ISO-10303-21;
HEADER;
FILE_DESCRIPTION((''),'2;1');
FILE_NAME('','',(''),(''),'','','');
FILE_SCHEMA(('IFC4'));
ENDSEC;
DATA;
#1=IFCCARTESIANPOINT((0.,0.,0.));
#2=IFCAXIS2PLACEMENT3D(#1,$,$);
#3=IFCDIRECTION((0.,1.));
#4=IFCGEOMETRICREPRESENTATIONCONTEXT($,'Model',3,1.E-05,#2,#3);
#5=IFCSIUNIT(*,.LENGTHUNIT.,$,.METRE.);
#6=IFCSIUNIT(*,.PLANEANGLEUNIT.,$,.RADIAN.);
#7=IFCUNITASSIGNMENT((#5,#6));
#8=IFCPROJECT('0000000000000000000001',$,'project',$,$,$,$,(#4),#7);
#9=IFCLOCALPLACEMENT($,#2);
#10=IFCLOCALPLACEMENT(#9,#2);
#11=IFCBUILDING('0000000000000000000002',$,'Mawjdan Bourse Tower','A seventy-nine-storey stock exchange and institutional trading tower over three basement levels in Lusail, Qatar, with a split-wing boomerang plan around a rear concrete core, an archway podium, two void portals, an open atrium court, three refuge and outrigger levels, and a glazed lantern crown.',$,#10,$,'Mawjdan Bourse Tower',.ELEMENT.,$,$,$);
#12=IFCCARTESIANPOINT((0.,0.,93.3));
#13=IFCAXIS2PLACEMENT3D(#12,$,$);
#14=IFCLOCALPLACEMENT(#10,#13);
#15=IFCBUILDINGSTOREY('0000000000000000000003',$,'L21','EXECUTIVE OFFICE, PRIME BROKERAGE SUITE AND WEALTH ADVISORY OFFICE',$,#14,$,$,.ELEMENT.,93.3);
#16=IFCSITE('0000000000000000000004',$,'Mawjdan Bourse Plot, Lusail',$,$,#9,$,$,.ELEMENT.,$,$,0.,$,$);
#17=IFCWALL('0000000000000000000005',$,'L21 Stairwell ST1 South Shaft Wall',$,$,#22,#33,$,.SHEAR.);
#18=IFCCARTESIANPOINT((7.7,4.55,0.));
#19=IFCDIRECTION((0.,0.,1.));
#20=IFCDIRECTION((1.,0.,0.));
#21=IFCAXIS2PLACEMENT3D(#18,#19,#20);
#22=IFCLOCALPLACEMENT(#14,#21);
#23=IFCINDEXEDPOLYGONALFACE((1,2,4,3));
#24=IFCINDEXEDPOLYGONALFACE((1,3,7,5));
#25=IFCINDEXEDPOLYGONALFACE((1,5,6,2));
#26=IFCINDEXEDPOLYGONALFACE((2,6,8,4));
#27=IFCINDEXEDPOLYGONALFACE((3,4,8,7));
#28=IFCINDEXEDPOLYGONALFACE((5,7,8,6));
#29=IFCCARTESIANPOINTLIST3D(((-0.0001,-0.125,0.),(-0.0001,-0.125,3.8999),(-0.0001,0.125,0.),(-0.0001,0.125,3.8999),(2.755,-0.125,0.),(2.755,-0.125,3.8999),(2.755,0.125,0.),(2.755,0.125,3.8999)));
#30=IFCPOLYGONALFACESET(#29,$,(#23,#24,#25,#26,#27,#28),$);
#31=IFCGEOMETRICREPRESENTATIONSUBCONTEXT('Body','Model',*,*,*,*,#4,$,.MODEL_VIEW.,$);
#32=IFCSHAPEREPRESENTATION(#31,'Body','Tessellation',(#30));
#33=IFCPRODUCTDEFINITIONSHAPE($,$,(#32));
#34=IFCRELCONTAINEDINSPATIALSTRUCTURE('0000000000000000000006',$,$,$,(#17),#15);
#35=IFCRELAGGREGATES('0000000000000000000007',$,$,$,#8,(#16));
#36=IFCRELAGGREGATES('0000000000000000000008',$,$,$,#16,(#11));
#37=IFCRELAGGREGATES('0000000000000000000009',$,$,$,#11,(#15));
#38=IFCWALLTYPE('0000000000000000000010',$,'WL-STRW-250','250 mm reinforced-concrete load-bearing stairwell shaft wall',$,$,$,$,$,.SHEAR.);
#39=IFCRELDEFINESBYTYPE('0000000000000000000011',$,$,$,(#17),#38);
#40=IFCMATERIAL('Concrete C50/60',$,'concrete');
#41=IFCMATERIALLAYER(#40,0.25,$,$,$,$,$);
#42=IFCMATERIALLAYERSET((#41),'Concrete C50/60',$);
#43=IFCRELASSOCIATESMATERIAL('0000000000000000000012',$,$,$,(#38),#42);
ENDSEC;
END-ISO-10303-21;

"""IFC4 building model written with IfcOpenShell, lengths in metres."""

from ifc_helpers import new_model, si_unit, direction, frame, frame_2d, origin, place, context, subcontext, project, spatial, rectangle, extrude, material, layer, layer_set, type_object, element, save


model = new_model("IFC4")

# Units and contexts
model_context = context("Model", 3, precision=1e-05, world=origin(), true_north=direction((0.0, 1.0)))
body_context = subcontext(model_context, "Body", "Model", "MODEL_VIEW")
ifc_project = project(units=[si_unit("LENGTHUNIT", "METRE"), si_unit("PLANEANGLEUNIT", "RADIAN")], contexts=[model_context])

# Site, building, storey
site_placement = place(None, origin())
site = spatial("IfcSite", under=ifc_project, at=site_placement, Name="Mawjdan Bourse Plot, Lusail", CompositionType="ELEMENT", RefElevation=0.0)
building_placement = place(site_placement, origin())
building = spatial("IfcBuilding", under=site, at=building_placement, Name="Mawjdan Bourse Tower", Description="A seventy-nine-storey stock exchange and institutional trading tower over three basement levels in Lusail, Qatar, with a split-wing boomerang plan around a rear concrete core, an archway podium, two void portals, an open atrium court, three refuge and outrigger levels, and a glazed lantern crown.", LongName="Mawjdan Bourse Tower", CompositionType="ELEMENT")
storey_placement = place(building_placement, frame((0.0, 0.0, 93.3)))
storey = spatial("IfcBuildingStorey", under=building, at=storey_placement, Name="L21", Description="EXECUTIVE OFFICE, PRIME BROKERAGE SUITE AND WEALTH ADVISORY OFFICE", CompositionType="ELEMENT", Elevation=93.3)

# Shared definitions
ifc_material_1 = material(Name="Concrete C50/60", Category="concrete")

# Wall
ifc_layer_1 = layer(ifc_material_1, 0.25)
ifc_layer_set_1 = layer_set([ifc_layer_1], Name="Concrete C50/60")
wall_type_1 = type_object("IfcWallType", Name="WL-STRW-250", Description="250 mm reinforced-concrete load-bearing stairwell shaft wall", PredefinedType="SHEAR", material=ifc_layer_set_1)
wall_1_placement = place(storey_placement, frame((7.7, 4.55, 0.0), z_axis=(0.0, 0.0, 1.0), x_axis=(1.0, 0.0, 0.0)))
element("IfcWall", 1, at=wall_1_placement, inside=storey, type_object=wall_type_1, Name="L21 Stairwell ST1 South Shaft Wall", PredefinedType="SHEAR", context=body_context, shape_type="SweptSolid", body=[
    extrude(rectangle(XDim=2.7551, YDim=0.25, at=frame_2d((1.3774, 0.0))), origin(), (0.0, 0.0, 1.0), 3.8999),
])

save(model, "model.ifc")
